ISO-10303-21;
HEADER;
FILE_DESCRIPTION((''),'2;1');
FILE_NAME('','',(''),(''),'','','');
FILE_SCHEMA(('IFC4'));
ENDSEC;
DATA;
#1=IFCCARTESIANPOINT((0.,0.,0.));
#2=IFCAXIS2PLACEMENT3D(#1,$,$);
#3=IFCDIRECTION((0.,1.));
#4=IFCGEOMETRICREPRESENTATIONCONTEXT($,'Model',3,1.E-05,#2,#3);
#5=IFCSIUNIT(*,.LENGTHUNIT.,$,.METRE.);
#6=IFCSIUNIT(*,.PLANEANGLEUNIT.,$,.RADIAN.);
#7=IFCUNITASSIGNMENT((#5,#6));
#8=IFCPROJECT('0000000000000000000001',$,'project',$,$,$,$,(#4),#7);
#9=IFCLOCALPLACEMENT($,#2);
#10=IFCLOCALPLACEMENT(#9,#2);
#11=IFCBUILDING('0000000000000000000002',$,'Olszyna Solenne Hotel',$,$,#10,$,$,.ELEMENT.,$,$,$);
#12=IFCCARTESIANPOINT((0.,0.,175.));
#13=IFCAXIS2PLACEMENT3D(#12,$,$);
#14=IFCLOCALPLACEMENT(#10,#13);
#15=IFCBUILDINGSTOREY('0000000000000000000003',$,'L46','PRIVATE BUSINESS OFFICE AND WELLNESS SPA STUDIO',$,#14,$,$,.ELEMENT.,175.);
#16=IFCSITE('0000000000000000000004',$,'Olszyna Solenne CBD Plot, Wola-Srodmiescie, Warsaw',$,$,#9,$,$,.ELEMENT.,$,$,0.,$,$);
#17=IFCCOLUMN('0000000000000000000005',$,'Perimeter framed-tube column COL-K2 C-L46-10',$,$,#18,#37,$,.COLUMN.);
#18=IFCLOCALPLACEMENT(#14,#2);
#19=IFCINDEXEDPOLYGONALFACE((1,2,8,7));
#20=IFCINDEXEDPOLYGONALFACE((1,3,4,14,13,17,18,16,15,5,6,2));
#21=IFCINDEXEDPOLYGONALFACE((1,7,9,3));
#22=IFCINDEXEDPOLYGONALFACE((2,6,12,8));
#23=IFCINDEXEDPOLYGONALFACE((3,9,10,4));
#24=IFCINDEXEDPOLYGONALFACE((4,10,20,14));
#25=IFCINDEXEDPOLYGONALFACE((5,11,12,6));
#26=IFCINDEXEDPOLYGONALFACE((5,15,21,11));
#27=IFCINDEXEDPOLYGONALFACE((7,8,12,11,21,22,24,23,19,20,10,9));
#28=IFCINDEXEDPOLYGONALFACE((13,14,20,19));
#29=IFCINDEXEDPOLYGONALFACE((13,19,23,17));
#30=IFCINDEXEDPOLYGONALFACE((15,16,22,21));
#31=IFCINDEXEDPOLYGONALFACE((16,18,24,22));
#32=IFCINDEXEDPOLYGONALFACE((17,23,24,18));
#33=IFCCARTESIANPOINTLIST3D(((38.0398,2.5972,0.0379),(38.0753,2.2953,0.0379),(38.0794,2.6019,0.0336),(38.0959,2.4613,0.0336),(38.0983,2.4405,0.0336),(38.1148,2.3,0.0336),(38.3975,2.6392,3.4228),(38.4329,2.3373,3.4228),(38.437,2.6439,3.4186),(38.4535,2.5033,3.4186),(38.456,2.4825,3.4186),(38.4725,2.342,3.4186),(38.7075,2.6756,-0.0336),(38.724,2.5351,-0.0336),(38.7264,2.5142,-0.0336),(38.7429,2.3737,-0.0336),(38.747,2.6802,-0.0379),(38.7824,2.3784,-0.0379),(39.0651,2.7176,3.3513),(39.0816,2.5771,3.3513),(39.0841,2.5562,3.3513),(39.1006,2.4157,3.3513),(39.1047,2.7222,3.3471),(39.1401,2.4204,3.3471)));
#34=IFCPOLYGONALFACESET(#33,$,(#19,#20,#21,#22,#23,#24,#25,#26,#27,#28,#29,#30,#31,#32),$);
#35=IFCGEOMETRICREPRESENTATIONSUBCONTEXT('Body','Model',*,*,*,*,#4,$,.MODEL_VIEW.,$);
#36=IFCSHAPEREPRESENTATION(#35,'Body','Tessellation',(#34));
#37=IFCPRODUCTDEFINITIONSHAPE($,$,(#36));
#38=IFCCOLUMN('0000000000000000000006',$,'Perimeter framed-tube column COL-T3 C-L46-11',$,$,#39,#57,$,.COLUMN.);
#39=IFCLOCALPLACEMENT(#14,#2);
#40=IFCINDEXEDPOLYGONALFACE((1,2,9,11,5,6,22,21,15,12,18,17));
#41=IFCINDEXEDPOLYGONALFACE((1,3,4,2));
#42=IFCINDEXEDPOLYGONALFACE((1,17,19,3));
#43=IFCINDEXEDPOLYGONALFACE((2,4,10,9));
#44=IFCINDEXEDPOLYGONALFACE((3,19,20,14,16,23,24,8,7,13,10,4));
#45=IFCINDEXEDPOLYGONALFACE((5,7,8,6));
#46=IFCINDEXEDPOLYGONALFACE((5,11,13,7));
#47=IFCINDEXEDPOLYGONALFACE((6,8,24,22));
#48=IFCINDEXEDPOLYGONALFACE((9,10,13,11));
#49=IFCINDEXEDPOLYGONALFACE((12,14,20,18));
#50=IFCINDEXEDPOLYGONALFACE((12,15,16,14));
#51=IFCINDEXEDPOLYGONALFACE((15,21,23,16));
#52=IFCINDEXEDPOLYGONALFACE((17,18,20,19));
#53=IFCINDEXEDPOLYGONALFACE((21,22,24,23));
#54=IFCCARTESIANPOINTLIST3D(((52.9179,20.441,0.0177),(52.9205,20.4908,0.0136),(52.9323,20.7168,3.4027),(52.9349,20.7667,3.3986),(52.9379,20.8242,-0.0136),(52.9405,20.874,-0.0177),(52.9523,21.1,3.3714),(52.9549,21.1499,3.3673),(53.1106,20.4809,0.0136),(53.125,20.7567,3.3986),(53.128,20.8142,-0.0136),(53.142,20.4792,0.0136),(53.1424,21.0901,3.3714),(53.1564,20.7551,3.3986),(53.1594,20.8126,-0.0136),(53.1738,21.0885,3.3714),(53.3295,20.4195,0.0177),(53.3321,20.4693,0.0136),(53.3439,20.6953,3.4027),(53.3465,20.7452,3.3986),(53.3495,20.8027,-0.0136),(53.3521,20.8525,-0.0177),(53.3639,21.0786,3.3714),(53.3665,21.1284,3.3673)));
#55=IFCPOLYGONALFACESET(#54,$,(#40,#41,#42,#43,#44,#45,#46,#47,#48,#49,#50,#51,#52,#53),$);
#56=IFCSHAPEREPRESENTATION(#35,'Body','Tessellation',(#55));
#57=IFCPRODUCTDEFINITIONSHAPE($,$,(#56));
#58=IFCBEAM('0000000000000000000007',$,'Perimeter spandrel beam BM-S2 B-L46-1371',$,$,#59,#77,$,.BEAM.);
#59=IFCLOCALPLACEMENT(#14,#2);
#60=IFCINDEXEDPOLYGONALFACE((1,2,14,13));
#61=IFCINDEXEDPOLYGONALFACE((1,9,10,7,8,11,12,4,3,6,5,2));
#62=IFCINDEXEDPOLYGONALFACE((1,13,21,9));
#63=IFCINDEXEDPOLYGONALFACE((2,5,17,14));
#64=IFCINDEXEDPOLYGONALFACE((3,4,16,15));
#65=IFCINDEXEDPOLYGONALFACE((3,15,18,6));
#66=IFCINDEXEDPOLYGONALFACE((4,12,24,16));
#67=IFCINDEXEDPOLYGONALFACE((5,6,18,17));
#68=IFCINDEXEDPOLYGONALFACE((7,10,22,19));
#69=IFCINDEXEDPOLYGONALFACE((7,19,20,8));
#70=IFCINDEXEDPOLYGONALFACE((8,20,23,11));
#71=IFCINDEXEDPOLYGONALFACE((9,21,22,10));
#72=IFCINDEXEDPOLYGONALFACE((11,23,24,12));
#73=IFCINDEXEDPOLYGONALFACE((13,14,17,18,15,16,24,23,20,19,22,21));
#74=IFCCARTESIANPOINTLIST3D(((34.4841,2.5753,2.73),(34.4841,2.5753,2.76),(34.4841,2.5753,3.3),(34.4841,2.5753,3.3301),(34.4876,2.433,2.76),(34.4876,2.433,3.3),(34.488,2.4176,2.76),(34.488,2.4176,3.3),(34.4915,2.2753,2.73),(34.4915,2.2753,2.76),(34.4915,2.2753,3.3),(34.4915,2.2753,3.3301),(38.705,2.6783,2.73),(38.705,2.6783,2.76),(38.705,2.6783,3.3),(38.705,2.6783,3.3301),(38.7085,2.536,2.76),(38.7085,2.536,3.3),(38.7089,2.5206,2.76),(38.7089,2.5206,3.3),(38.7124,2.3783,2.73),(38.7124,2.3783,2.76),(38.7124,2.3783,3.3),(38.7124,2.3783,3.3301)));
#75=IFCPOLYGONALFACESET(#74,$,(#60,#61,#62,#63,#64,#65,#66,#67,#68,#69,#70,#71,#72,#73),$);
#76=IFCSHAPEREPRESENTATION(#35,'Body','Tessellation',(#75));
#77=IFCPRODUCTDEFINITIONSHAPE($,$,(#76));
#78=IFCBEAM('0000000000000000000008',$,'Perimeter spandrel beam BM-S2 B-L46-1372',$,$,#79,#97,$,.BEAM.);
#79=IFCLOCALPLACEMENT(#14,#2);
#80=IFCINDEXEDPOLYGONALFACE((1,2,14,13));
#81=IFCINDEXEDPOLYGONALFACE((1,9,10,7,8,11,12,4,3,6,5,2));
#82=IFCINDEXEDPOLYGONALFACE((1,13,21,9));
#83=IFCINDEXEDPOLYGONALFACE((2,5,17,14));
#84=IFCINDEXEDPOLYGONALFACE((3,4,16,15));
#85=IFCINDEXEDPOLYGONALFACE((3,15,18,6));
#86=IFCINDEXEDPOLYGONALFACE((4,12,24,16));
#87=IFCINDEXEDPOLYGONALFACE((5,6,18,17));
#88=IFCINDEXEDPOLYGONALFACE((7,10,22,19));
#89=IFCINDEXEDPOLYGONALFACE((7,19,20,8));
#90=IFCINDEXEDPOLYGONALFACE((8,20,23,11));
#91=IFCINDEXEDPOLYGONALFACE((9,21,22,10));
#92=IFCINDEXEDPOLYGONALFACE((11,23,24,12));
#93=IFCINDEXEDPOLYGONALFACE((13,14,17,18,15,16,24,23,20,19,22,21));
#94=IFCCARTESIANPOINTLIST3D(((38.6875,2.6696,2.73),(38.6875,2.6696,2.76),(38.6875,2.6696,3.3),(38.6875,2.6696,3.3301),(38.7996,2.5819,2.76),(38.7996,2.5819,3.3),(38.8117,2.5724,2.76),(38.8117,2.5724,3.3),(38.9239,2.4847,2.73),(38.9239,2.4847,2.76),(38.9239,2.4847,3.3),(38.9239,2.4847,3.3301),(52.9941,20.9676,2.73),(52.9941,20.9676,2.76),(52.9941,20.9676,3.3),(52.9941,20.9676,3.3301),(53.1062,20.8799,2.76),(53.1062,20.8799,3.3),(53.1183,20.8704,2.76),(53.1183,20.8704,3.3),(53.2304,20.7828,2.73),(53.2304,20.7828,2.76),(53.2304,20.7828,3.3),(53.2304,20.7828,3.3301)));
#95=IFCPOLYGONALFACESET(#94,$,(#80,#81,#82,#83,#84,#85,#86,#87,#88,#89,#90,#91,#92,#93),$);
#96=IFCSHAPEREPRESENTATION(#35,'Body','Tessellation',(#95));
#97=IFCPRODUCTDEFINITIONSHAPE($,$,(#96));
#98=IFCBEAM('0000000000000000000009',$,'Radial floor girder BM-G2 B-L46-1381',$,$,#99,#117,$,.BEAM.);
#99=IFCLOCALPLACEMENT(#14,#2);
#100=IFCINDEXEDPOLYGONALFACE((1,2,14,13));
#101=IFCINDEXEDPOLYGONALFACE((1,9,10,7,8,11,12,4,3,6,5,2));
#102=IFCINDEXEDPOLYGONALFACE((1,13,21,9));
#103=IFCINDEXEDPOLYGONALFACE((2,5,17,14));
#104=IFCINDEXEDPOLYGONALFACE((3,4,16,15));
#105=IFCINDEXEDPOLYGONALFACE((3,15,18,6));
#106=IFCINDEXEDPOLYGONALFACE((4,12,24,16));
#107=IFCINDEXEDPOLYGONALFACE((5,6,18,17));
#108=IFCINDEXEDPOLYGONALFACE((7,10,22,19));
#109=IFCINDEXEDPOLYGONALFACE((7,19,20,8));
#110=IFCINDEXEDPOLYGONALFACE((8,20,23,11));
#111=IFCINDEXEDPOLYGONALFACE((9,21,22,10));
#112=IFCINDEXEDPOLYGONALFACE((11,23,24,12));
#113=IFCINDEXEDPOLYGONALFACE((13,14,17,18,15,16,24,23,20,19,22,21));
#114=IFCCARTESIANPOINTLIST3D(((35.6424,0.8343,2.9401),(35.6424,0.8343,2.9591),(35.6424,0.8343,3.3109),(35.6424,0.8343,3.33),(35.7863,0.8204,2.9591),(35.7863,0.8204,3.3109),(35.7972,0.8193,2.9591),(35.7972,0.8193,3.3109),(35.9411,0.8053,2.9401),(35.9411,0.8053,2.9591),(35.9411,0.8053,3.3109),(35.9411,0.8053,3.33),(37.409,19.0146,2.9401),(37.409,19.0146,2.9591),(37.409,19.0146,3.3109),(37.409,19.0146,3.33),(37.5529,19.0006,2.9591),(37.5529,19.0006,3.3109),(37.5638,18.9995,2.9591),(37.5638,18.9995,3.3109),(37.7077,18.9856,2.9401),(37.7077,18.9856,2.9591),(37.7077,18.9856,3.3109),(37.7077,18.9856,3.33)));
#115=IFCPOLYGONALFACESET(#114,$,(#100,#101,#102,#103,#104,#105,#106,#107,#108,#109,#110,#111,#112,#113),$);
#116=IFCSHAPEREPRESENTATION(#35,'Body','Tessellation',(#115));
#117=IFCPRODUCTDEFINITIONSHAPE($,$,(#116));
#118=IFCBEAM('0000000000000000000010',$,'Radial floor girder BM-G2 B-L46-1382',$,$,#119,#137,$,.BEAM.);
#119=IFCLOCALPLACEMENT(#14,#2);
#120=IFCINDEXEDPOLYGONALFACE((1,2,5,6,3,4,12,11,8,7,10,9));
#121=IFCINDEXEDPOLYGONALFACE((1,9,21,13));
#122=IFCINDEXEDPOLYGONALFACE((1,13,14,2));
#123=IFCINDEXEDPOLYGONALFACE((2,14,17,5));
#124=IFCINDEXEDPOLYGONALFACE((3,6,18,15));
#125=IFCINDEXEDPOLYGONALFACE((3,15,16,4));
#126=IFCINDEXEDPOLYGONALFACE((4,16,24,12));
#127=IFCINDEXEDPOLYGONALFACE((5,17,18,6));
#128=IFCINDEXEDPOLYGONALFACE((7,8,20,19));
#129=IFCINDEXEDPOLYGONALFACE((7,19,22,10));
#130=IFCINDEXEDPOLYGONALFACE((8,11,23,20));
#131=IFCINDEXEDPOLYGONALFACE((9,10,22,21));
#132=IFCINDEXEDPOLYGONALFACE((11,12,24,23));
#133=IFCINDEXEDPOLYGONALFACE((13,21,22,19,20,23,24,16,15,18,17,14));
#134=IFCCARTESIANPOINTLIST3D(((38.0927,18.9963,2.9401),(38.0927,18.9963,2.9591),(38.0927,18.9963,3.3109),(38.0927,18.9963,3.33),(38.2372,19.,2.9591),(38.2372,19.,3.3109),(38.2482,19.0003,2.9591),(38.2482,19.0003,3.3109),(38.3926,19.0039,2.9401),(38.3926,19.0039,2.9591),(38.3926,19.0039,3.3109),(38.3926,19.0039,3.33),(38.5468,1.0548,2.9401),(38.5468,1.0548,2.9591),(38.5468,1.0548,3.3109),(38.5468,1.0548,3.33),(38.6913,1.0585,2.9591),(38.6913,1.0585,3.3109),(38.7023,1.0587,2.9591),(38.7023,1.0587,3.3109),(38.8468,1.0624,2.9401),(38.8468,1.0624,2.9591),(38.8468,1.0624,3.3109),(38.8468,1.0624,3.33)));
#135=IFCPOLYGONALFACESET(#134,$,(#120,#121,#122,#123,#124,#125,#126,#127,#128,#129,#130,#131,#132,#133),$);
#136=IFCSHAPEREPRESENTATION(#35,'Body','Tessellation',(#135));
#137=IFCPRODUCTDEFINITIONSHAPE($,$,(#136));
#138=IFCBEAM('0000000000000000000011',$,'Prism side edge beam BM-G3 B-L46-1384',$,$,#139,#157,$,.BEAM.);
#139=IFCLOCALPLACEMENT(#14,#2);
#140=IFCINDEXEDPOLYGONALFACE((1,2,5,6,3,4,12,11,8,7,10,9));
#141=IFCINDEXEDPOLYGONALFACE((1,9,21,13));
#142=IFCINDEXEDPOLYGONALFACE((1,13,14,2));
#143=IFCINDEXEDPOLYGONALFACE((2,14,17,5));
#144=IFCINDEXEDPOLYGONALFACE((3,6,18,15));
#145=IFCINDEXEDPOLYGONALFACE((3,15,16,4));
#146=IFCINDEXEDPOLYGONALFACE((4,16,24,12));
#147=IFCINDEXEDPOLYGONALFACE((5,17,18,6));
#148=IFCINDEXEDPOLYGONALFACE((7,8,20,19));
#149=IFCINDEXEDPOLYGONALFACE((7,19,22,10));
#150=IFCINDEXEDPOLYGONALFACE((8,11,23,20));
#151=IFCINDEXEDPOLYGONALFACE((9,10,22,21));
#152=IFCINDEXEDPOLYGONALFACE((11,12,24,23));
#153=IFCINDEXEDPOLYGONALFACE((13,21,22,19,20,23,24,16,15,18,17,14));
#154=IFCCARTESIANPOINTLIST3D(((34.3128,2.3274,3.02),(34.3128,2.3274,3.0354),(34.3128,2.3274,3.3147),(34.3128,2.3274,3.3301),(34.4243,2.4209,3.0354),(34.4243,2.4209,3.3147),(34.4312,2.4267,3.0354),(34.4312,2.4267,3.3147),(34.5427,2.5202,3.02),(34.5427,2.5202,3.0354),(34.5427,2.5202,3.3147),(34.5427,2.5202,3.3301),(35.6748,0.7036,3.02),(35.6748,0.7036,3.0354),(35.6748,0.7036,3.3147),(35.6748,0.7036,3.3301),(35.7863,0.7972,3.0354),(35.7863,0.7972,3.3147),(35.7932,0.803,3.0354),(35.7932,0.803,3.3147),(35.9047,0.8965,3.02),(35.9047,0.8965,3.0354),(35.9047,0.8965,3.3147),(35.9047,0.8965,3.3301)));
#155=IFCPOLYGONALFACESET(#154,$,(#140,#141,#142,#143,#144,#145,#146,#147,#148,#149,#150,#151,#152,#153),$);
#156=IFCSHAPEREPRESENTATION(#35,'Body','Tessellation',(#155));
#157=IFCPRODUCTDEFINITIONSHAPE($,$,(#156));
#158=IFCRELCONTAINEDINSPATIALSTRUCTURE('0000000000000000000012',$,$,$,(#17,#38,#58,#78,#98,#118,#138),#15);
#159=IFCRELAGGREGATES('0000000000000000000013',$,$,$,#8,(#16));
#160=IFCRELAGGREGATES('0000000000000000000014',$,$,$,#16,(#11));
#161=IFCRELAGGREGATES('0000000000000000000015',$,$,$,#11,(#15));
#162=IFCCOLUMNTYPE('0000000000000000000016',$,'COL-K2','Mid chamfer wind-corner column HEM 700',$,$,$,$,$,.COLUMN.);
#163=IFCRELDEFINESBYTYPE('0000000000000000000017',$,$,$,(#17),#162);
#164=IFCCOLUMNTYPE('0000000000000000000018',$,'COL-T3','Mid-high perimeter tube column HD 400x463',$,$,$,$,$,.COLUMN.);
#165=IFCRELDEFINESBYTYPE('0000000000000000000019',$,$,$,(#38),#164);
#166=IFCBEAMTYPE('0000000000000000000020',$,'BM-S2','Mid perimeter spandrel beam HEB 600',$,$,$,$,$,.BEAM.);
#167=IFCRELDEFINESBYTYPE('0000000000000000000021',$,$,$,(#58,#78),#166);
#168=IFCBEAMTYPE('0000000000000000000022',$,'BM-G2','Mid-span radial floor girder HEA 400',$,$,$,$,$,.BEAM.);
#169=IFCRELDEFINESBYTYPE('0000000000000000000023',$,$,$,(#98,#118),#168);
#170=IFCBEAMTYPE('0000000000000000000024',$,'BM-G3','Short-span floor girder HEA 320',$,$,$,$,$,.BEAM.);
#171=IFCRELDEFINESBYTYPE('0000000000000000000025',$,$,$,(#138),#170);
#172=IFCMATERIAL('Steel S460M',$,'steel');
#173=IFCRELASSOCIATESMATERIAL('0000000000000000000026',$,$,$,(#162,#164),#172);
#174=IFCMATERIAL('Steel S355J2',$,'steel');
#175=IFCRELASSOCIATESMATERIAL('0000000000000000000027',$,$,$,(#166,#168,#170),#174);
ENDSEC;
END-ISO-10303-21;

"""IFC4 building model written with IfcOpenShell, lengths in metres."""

from ifc_helpers import new_model, si_unit, direction, frame, origin, origin_2d, place, context, subcontext, project, spatial, i_section, extrude, source, transform, mapped, material, material_profile, profile_set, type_object, element, save


model = new_model("IFC4")

# Units and contexts
model_context = context("Model", 3, precision=1e-05, world=origin(), true_north=direction((0.0, 1.0)))
body_context = subcontext(model_context, "Body", "Model", "MODEL_VIEW")
ifc_project = project(units=[si_unit("LENGTHUNIT", "METRE"), si_unit("PLANEANGLEUNIT", "RADIAN")], contexts=[model_context])

# Site, building, storey
site_placement = place(None, origin())
site = spatial("IfcSite", under=ifc_project, at=site_placement, Name="Olszyna Solenne CBD Plot, Wola-Srodmiescie, Warsaw", CompositionType="ELEMENT", RefElevation=0.0)
building_placement = place(site_placement, origin())
building = spatial("IfcBuilding", under=site, at=building_placement, Name="Olszyna Solenne Hotel", CompositionType="ELEMENT")
storey_placement = place(building_placement, frame((0.0, 0.0, 175.0)))
storey = spatial("IfcBuildingStorey", under=building, at=storey_placement, Name="L46", Description="PRIVATE BUSINESS OFFICE AND WELLNESS SPA STUDIO", CompositionType="ELEMENT", Elevation=175.0)

# Columns
ifc_material_1 = material(Name="Steel S460M", Category="steel")
ifc_material_profile_1 = material_profile(ifc_material_1, i_section(OverallWidth=0.304, OverallDepth=0.7161, WebThickness=0.021, FlangeThickness=0.04, at=origin_2d()), Name="HEM 700", Category="load-bearing")
ifc_profile_set_1 = profile_set([ifc_material_profile_1], Name="Steel S460M")
column_type_1 = type_object("IfcColumnType", Name="COL-K2", Description="Mid chamfer wind-corner column HEM 700", PredefinedType="COLUMN", material=ifc_profile_set_1)
shared_shape_1 = source(origin(), body_context, "Body", "SweptSolid", [
    extrude(i_section(OverallWidth=0.304, OverallDepth=0.7161, WebThickness=0.021, FlangeThickness=0.04, at=origin_2d()), origin(), (0.0, 0.0, 1.0), 3.4041),
])
column_1_placement = place(storey_placement, frame((38.4111, 2.4878, 0.0), z_axis=(0.105069, 0.012336, 0.994388), x_axis=(-0.116605, 0.993178, 0.0)))
element("IfcColumn", 1, at=column_1_placement, inside=storey, type_object=column_type_1, Name="Perimeter framed-tube column COL-K2 C-L46-10", PredefinedType="COLUMN", context=body_context, shape_type="MappedRepresentation", body=[
    mapped(shared_shape_1, transform((0.0, 0.0, 0.0), x_axis=(1.0, 0.0, 0.0), y_axis=(0.0, 1.0, 0.0), z_axis=(0.0, 0.0, 1.0), scale=1.0)),
])
ifc_material_profile_2 = material_profile(ifc_material_1, i_section(OverallWidth=0.4121, OverallDepth=0.4351, WebThickness=0.0315, FlangeThickness=0.05, at=origin_2d()), Name="HD 400x463", Category="load-bearing")
ifc_profile_set_2 = profile_set([ifc_material_profile_2], Name="Steel S460M")
column_type_2 = type_object("IfcColumnType", Name="COL-T3", Description="Mid-high perimeter tube column HD 400x463", PredefinedType="COLUMN", material=ifc_profile_set_2)
shared_shape_2 = source(origin(), body_context, "Body", "SweptSolid", [
    extrude(i_section(OverallWidth=0.4121, OverallDepth=0.4351, WebThickness=0.0315, FlangeThickness=0.05, at=origin_2d()), origin(), (0.0, 0.0, 1.0), 3.3962),
])
column_2_placement = place(storey_placement, frame((53.135, 20.6467, 0.0), z_axis=(0.004241, 0.08123, 0.996686), x_axis=(-0.99864, 0.052141, 0.0)))
element("IfcColumn", 2, at=column_2_placement, inside=storey, type_object=column_type_2, Name="Perimeter framed-tube column COL-T3 C-L46-11", PredefinedType="COLUMN", context=body_context, shape_type="MappedRepresentation", body=[
    mapped(shared_shape_2, transform((0.0, 0.0, 0.0), x_axis=(1.0, 0.0, 0.0), y_axis=(0.0, 1.0, 0.0), z_axis=(0.0, 0.0, 1.0), scale=1.0)),
])

# Beams
ifc_material_2 = material(Name="Steel S355J2", Category="steel")
ifc_material_profile_3 = material_profile(ifc_material_2, i_section(OverallWidth=0.3, OverallDepth=0.6001, WebThickness=0.0154, FlangeThickness=0.03, at=origin_2d()), Name="HEB 600", Category="load-bearing")
ifc_profile_set_3 = profile_set([ifc_material_profile_3], Name="Steel S355J2")
beam_type_1 = type_object("IfcBeamType", Name="BM-S2", Description="Mid perimeter spandrel beam HEB 600", PredefinedType="BEAM", material=ifc_profile_set_3)
shared_shape_3 = source(origin(), body_context, "Body", "SweptSolid", [
    extrude(i_section(OverallWidth=0.3, OverallDepth=0.6001, WebThickness=0.0154, FlangeThickness=0.03, at=origin_2d()), origin(), (0.0, 0.0, 1.0), 4.2222),
])
beam_1_placement = place(storey_placement, frame((34.4878, 2.4253, 3.03), z_axis=(0.999702, 0.024401, 0.0), x_axis=(-0.024401, 0.999702, 0.0)))
element("IfcBeam", 3, at=beam_1_placement, inside=storey, type_object=beam_type_1, Name="Perimeter spandrel beam BM-S2 B-L46-1371", PredefinedType="BEAM", context=body_context, shape_type="MappedRepresentation", body=[
    mapped(shared_shape_3, transform((0.0, 0.0, 0.0), x_axis=(1.0, 0.0, 0.0), y_axis=(0.0, 1.0, 0.0), z_axis=(0.0, 0.0, 1.0), scale=1.0)),
])
shared_shape_4 = source(origin(), body_context, "Body", "SweptSolid", [
    extrude(i_section(OverallWidth=0.3, OverallDepth=0.6001, WebThickness=0.0154, FlangeThickness=0.03, at=origin_2d()), origin(), (0.0, 0.0, 1.0), 23.2271),
])
beam_2_placement = place(storey_placement, frame((38.8057, 2.5771, 3.03), z_axis=(0.615945, 0.787789, 0.0), x_axis=(-0.787789, 0.615945, 0.0)))
element("IfcBeam", 4, at=beam_2_placement, inside=storey, type_object=beam_type_1, Name="Perimeter spandrel beam BM-S2 B-L46-1372", PredefinedType="BEAM", context=body_context, shape_type="MappedRepresentation", body=[
    mapped(shared_shape_4, transform((0.0, 0.0, 0.0), x_axis=(1.0, 0.0, 0.0), y_axis=(0.0, 1.0, 0.0), z_axis=(0.0, 0.0, 1.0), scale=1.0)),
])
ifc_material_profile_4 = material_profile(ifc_material_2, i_section(OverallWidth=0.3, OverallDepth=0.3899, WebThickness=0.011, FlangeThickness=0.019, at=origin_2d()), Name="HEA 400", Category="load-bearing")
ifc_profile_set_4 = profile_set([ifc_material_profile_4], Name="Steel S355J2")
beam_type_2 = type_object("IfcBeamType", Name="BM-G2", Description="Mid-span radial floor girder HEA 400", PredefinedType="BEAM", material=ifc_profile_set_4)
shared_shape_5 = source(origin(), body_context, "Body", "SweptSolid", [
    extrude(i_section(OverallWidth=0.3, OverallDepth=0.3899, WebThickness=0.011, FlangeThickness=0.019, at=origin_2d()), origin(), (0.0, 0.0, 1.0), 18.2659),
])
beam_3_placement = place(storey_placement, frame((35.7917, 0.8198, 3.135), z_axis=(0.096716, 0.995312, 0.0), x_axis=(-0.995312, 0.096716, 0.0)))
element("IfcBeam", 5, at=beam_3_placement, inside=storey, type_object=beam_type_2, Name="Radial floor girder BM-G2 B-L46-1381", PredefinedType="BEAM", context=body_context, shape_type="MappedRepresentation", body=[
    mapped(shared_shape_5, transform((0.0, 0.0, 0.0), x_axis=(1.0, 0.0, 0.0), y_axis=(0.0, 1.0, 0.0), z_axis=(0.0, 0.0, 1.0), scale=1.0)),
])
shared_shape_6 = source(origin(), body_context, "Body", "SweptSolid", [
    extrude(i_section(OverallWidth=0.3, OverallDepth=0.3899, WebThickness=0.011, FlangeThickness=0.019, at=origin_2d()), origin(), (0.0, 0.0, 1.0), 17.9473),
])
beam_4_placement = place(storey_placement, frame((38.6968, 1.0586, 3.135), z_axis=(-0.025302, 0.99968, 0.0), x_axis=(-0.99968, -0.025302, 0.0)))
element("IfcBeam", 6, at=beam_4_placement, inside=storey, type_object=beam_type_2, Name="Radial floor girder BM-G2 B-L46-1382", PredefinedType="BEAM", context=body_context, shape_type="MappedRepresentation", body=[
    mapped(shared_shape_6, transform((0.0, 0.0, 0.0), x_axis=(1.0, 0.0, 0.0), y_axis=(0.0, 1.0, 0.0), z_axis=(0.0, 0.0, 1.0), scale=1.0)),
])
ifc_material_profile_5 = material_profile(ifc_material_2, i_section(OverallWidth=0.3, OverallDepth=0.3101, WebThickness=0.009, FlangeThickness=0.0154, at=origin_2d()), Name="HEA 320", Category="load-bearing")
ifc_profile_set_5 = profile_set([ifc_material_profile_5], Name="Steel S355J2")
beam_type_3 = type_object("IfcBeamType", Name="BM-G3", Description="Short-span floor girder HEA 320", PredefinedType="BEAM", material=ifc_profile_set_5)
shared_shape_7 = source(origin(), body_context, "Body", "SweptSolid", [
    extrude(i_section(OverallWidth=0.3, OverallDepth=0.3101, WebThickness=0.009, FlangeThickness=0.0154, at=origin_2d()), origin(), (0.0, 0.0, 1.0), 2.1194),
])
beam_5_placement = place(storey_placement, frame((34.4277, 2.4238, 3.175), z_axis=(0.642662, -0.766149, 0.0), x_axis=(0.766149, 0.642662, 0.0)))
element("IfcBeam", 7, at=beam_5_placement, inside=storey, type_object=beam_type_3, Name="Prism side edge beam BM-G3 B-L46-1384", PredefinedType="BEAM", context=body_context, shape_type="MappedRepresentation", body=[
    mapped(shared_shape_7, transform((0.0, 0.0, 0.0), x_axis=(1.0, 0.0, 0.0), y_axis=(0.0, 1.0, 0.0), z_axis=(0.0, 0.0, 1.0), scale=1.0)),
])

save(model, "model.ifc")
